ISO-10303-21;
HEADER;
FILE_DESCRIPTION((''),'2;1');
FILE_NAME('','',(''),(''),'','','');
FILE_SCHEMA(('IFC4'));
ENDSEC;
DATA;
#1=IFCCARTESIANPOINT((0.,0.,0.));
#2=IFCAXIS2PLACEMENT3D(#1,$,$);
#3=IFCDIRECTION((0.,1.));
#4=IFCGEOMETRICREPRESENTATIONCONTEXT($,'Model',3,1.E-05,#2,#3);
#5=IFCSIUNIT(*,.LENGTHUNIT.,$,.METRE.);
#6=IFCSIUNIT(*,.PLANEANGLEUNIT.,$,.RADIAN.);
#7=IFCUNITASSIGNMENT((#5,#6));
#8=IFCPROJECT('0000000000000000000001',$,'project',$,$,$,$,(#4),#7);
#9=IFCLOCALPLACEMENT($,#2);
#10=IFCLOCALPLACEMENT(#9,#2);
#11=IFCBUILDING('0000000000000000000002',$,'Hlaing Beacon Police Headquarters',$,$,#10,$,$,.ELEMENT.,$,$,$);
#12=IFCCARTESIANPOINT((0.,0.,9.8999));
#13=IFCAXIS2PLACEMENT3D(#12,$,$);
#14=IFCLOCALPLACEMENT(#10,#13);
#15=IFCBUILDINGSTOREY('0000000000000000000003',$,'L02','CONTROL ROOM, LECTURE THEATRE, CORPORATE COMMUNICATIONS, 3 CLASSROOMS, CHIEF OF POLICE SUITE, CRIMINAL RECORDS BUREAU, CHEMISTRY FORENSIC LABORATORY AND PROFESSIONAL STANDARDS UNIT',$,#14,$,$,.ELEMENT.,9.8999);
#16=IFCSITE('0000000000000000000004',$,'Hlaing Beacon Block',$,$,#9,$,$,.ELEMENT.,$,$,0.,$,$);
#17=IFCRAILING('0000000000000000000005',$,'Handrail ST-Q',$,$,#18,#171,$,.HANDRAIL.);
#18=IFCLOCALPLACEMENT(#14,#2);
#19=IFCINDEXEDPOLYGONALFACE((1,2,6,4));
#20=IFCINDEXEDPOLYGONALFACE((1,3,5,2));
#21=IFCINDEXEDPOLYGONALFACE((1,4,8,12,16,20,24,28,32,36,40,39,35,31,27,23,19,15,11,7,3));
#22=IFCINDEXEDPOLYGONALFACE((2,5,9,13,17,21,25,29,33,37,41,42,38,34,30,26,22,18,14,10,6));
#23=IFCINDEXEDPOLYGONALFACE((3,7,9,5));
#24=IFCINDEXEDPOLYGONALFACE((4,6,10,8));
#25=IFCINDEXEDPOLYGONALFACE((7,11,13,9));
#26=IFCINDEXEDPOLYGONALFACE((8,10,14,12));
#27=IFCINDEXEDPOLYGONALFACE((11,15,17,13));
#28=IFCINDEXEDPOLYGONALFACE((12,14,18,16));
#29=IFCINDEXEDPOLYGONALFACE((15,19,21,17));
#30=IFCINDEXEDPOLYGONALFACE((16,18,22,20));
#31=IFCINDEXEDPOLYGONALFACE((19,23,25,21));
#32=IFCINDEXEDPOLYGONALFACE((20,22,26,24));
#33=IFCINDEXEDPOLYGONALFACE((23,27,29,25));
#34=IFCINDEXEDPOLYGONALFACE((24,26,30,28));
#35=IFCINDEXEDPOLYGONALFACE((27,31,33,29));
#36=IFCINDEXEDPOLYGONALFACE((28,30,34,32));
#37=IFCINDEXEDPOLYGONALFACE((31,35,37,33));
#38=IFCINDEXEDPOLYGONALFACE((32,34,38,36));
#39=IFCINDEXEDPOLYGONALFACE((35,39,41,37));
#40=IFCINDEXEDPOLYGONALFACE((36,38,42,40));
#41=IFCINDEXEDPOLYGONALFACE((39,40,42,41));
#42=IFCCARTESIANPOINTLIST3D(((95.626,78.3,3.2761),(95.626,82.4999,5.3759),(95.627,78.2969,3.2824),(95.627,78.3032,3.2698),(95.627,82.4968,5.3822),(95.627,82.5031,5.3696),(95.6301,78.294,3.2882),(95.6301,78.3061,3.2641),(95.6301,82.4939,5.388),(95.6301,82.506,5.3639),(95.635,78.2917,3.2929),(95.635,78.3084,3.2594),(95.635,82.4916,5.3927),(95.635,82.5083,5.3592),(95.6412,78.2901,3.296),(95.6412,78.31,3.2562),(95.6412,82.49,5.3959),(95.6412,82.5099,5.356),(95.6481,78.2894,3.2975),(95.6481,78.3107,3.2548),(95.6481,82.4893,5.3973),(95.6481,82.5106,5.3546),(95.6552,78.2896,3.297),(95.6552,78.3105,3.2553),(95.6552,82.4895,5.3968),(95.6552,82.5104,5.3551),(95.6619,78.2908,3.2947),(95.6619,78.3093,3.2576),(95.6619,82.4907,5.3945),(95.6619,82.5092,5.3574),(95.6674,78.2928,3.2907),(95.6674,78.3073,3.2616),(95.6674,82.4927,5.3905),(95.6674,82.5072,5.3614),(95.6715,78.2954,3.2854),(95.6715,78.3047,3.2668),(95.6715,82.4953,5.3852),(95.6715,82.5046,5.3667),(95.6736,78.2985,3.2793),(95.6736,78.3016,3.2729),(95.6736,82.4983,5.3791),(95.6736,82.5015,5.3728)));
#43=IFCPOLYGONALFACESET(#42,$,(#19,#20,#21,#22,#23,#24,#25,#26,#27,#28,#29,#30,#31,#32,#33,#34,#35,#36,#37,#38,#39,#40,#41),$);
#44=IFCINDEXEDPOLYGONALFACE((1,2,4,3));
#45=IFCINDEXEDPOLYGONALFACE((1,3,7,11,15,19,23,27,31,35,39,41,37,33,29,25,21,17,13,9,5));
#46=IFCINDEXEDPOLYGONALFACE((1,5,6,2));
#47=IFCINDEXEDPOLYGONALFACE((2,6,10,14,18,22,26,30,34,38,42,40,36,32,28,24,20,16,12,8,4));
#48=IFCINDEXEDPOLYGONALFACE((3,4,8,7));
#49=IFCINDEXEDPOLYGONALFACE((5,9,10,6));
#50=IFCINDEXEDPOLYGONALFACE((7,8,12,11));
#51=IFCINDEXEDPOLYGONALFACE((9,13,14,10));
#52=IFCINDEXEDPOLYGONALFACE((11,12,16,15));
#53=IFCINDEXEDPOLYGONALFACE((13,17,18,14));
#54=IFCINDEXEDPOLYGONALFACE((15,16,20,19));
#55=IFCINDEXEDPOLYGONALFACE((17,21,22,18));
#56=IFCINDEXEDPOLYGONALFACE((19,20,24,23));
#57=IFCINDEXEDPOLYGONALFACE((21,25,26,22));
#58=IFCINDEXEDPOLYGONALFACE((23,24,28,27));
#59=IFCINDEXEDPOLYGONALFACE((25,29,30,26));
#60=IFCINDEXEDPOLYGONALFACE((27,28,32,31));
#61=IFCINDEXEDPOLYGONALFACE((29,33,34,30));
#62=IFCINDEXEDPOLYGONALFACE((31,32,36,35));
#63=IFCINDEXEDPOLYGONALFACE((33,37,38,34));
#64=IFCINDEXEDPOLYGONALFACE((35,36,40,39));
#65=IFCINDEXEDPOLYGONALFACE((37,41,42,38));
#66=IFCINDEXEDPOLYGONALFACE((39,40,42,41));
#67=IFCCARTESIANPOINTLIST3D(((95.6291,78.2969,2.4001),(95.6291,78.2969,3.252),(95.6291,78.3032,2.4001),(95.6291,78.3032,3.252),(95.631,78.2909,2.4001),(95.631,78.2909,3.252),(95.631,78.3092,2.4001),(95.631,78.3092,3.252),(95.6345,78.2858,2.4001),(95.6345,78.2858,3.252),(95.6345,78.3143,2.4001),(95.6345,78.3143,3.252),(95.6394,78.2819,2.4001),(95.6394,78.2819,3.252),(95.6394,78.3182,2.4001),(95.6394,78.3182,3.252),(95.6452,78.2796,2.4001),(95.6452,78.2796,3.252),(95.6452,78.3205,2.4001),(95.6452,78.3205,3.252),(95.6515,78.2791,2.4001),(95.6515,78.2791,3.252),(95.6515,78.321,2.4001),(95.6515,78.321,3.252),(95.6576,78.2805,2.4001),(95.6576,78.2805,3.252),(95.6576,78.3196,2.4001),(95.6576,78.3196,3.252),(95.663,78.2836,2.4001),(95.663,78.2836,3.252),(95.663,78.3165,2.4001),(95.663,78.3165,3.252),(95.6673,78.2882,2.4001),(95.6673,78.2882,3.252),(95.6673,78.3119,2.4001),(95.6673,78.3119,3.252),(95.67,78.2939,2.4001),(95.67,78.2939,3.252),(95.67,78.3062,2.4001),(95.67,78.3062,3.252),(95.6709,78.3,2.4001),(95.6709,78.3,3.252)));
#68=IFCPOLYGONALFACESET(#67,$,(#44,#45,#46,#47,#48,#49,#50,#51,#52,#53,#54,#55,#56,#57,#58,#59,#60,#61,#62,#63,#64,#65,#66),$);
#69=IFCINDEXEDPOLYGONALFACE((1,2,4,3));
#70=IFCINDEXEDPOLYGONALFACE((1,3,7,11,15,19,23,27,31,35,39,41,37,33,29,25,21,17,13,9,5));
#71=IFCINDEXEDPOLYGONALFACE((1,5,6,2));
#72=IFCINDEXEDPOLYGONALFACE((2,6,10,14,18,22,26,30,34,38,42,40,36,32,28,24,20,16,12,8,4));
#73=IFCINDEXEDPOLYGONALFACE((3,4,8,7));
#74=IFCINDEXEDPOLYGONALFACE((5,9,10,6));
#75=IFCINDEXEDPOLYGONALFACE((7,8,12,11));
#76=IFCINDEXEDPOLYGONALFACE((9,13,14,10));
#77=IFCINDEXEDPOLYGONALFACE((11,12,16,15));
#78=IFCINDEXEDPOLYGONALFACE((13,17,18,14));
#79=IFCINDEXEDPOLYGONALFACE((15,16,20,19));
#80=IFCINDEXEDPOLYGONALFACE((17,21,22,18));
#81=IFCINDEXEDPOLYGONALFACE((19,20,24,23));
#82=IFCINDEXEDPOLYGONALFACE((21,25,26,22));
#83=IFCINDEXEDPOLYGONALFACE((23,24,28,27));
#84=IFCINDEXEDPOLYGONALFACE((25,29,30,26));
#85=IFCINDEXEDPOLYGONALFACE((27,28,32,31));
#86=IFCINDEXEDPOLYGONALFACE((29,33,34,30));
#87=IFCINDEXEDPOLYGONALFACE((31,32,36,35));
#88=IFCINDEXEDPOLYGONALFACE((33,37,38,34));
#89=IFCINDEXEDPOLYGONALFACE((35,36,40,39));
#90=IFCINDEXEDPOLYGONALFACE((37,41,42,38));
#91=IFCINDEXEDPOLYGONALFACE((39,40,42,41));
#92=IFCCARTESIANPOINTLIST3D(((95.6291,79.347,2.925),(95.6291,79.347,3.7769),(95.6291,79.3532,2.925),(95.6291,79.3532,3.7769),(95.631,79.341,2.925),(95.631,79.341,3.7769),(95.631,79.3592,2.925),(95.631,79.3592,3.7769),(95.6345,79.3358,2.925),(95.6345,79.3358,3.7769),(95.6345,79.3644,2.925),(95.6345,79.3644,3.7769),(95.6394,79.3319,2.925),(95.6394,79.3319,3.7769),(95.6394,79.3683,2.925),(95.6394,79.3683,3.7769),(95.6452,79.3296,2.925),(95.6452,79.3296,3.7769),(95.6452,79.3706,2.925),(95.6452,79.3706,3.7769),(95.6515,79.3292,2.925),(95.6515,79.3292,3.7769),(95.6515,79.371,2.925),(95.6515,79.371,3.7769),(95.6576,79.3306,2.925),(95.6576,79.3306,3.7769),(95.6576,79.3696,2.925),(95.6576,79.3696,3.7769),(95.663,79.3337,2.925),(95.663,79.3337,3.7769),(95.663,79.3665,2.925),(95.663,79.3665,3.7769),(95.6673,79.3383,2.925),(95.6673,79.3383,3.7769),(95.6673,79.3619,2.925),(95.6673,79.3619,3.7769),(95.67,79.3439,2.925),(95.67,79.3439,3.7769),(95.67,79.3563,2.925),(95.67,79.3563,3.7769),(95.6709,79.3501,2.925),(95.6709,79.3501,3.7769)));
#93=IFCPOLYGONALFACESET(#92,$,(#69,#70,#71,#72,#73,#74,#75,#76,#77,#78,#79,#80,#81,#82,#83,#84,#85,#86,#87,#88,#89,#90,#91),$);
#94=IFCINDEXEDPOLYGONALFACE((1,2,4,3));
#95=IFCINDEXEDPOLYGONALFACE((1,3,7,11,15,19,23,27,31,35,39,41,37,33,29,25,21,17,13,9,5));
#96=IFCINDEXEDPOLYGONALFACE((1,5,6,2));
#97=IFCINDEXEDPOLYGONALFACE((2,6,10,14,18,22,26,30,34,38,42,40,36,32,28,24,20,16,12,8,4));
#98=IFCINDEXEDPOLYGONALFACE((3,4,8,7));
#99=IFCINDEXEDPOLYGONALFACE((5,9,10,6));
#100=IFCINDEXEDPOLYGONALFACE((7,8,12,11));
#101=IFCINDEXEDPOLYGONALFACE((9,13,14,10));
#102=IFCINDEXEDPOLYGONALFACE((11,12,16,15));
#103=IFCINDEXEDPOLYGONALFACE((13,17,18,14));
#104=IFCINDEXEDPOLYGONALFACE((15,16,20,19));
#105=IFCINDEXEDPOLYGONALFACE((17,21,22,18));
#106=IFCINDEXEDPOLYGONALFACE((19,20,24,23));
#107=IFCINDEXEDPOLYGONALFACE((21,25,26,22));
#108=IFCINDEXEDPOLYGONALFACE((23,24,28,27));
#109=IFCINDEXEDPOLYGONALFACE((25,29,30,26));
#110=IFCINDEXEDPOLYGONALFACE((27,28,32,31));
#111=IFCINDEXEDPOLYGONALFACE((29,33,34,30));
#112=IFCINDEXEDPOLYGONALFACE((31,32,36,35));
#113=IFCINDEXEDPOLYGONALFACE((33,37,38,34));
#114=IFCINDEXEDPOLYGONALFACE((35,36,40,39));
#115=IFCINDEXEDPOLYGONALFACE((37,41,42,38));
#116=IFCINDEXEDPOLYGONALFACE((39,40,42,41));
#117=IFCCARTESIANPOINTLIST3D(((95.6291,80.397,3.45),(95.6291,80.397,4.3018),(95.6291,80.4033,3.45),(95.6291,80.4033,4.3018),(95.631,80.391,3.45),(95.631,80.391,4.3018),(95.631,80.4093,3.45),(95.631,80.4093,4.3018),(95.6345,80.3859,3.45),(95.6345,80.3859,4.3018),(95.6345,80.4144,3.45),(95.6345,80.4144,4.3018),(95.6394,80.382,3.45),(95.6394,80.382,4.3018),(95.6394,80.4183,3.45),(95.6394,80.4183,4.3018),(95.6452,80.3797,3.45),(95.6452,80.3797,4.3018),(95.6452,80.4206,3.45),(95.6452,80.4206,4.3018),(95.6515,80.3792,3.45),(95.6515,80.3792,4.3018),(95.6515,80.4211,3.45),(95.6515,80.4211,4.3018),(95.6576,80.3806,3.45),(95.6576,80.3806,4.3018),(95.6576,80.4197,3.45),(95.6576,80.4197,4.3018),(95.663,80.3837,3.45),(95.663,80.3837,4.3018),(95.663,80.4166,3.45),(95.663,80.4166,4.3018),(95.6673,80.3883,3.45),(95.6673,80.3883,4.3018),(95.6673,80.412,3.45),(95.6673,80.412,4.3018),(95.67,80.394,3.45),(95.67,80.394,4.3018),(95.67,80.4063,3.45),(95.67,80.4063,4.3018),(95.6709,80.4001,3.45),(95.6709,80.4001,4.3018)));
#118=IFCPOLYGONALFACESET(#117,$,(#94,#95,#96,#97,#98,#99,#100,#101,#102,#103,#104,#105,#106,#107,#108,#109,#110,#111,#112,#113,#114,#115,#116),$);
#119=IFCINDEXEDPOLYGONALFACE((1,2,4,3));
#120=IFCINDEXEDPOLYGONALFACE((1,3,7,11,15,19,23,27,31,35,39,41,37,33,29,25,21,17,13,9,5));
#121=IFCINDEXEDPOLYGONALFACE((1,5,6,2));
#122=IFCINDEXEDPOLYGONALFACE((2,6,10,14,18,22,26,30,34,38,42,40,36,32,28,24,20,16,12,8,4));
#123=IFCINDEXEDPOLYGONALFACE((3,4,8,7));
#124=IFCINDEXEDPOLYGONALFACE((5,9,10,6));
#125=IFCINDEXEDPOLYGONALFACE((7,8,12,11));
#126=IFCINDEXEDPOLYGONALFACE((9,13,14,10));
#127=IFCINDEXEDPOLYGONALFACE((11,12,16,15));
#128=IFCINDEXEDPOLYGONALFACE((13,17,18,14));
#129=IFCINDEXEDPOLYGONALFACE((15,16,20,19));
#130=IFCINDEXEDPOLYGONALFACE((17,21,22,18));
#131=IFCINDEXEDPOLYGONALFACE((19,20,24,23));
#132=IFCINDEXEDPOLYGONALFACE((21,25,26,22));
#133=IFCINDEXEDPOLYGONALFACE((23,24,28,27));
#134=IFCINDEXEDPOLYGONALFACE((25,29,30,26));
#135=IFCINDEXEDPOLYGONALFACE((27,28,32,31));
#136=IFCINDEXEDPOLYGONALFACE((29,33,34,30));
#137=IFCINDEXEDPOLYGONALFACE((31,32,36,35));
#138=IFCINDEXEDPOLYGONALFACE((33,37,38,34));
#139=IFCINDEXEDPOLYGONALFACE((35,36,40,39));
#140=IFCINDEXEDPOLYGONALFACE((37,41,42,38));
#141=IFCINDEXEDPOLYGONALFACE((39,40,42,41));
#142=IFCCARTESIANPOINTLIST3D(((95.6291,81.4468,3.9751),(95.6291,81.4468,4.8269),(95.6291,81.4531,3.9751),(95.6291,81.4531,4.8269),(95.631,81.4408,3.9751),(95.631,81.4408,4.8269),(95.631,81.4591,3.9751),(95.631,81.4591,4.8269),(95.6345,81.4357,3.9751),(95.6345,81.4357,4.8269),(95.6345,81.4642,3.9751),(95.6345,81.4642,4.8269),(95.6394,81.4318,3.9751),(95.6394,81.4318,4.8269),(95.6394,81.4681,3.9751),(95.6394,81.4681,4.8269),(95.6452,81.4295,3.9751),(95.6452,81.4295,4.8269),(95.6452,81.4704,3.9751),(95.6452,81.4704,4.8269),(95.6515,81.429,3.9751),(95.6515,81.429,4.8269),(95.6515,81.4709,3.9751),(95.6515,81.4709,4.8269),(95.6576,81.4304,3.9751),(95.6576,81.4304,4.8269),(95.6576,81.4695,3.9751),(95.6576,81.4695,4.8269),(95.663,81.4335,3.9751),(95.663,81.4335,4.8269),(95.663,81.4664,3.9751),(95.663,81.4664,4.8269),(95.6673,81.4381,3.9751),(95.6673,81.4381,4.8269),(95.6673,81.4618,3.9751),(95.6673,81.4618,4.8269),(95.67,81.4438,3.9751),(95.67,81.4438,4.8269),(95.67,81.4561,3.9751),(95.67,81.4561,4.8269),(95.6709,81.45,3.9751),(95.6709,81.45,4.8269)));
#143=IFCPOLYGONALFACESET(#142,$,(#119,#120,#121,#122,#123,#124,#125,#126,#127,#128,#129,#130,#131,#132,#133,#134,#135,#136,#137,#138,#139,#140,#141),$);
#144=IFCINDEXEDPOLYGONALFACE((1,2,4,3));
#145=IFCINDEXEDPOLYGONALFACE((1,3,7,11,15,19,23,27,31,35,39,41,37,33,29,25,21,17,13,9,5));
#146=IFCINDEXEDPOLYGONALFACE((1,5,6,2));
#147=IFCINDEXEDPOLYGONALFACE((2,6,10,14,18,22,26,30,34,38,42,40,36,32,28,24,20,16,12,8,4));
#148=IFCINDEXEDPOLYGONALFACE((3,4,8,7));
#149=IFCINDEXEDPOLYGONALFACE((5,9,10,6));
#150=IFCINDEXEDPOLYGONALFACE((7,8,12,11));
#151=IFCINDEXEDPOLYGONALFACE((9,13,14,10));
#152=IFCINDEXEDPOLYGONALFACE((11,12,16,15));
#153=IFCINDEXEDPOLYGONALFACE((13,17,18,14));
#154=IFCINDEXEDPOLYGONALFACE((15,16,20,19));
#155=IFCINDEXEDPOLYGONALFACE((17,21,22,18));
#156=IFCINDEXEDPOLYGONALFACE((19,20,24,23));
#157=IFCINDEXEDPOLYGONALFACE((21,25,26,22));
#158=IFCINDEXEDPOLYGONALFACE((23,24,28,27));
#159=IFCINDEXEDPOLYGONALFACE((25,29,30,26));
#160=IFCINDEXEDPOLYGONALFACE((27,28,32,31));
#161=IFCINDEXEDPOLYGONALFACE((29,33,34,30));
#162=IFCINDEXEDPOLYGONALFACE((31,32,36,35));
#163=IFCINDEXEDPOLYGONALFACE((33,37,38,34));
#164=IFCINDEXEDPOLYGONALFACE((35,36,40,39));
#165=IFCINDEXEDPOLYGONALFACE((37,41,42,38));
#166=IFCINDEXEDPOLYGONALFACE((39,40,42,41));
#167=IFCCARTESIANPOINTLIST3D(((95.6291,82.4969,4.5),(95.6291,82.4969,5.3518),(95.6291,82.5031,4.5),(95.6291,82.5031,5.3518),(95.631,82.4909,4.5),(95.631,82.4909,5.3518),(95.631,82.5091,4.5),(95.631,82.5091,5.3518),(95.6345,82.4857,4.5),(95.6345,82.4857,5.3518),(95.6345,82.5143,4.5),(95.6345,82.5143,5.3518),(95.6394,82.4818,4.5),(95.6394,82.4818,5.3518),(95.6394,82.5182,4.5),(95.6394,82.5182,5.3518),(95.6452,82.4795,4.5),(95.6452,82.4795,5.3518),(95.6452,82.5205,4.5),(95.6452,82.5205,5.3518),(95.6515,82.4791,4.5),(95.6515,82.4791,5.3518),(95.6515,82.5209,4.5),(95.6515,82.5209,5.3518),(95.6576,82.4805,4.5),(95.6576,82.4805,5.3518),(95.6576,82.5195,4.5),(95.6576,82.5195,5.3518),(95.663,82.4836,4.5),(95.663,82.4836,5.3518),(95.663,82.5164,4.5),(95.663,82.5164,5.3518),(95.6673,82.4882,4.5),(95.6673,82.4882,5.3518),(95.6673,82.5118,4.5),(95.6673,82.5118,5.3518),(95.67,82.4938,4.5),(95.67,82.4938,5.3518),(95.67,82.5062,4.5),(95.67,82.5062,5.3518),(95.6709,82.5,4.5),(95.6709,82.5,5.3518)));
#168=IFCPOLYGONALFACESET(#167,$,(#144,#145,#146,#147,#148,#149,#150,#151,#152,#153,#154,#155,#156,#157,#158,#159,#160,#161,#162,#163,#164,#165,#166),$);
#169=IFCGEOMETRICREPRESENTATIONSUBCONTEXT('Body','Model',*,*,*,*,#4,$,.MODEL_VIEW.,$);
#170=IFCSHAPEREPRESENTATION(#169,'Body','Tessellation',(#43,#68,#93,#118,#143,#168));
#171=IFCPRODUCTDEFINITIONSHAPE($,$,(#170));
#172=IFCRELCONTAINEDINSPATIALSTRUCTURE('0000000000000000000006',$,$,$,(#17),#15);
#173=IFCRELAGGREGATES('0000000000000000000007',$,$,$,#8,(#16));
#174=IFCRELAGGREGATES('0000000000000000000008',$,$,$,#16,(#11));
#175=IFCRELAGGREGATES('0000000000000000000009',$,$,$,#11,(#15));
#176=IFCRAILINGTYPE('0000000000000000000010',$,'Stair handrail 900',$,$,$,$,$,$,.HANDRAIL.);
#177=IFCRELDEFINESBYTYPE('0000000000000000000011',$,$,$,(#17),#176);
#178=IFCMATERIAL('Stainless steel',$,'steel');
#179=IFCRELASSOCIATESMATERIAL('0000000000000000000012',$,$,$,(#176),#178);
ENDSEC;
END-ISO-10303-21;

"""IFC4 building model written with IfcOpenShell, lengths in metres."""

from ifc_helpers import new_model, si_unit, direction, frame, origin, origin_2d, place, context, subcontext, project, spatial, circle, extrude, material, type_object, element, save


model = new_model("IFC4")

# Units and contexts
model_context = context("Model", 3, precision=1e-05, world=origin(), true_north=direction((0.0, 1.0)))
body_context = subcontext(model_context, "Body", "Model", "MODEL_VIEW")
ifc_project = project(units=[si_unit("LENGTHUNIT", "METRE"), si_unit("PLANEANGLEUNIT", "RADIAN")], contexts=[model_context])

# Site, building, storey
site_placement = place(None, origin())
site = spatial("IfcSite", under=ifc_project, at=site_placement, Name="Hlaing Beacon Block", CompositionType="ELEMENT", RefElevation=0.0)
building_placement = place(site_placement, origin())
building = spatial("IfcBuilding", under=site, at=building_placement, Name="Hlaing Beacon Police Headquarters", CompositionType="ELEMENT")
storey_placement = place(building_placement, frame((0.0, 0.0, 9.8999)))
storey = spatial("IfcBuildingStorey", under=building, at=storey_placement, Name="L02", Description="CONTROL ROOM, LECTURE THEATRE, CORPORATE COMMUNICATIONS, 3 CLASSROOMS, CHIEF OF POLICE SUITE, CRIMINAL RECORDS BUREAU, CHEMISTRY FORENSIC LABORATORY AND PROFESSIONAL STANDARDS UNIT", CompositionType="ELEMENT", Elevation=9.8999)

# Railing
ifc_material_1 = material(Name="Stainless steel", Category="steel")
railing_type_1 = type_object("IfcRailingType", Name="Stair handrail 900", PredefinedType="HANDRAIL", material=ifc_material_1)
for number, where, name in (
    (1, (95.6499, 78.3, 2.4001), "Handrail ST-Q"),
):
    element("IfcRailing", number, at=place(storey_placement, frame(where)), inside=storey, type_object=railing_type_1, Name=name, PredefinedType="HANDRAIL", context=body_context, shape_type="SweptSolid", body=[
        extrude(circle(Radius=0.0239, at=origin_2d()), frame((0.0, 0.0, 0.876), z_axis=(0.0, 0.894438, 0.447193), x_axis=(-1.0, 0.0, 0.0)), (0.0, 0.0, 1.0), 4.6956),
        extrude(circle(Radius=0.021, at=origin_2d()), origin(), (0.0, 0.0, 1.0), 0.8518),
        extrude(circle(Radius=0.021, at=origin_2d()), frame((0.0, 1.05, 0.5249)), (0.0, 0.0, 1.0), 0.8518),
        extrude(circle(Radius=0.021, at=origin_2d()), frame((0.0, 2.1001, 1.0498)), (0.0, 0.0, 1.0), 0.8518),
        extrude(circle(Radius=0.021, at=origin_2d()), frame((0.0, 3.1499, 1.575)), (0.0, 0.0, 1.0), 0.8518),
        extrude(circle(Radius=0.021, at=origin_2d()), frame((0.0, 4.2, 2.0999)), (0.0, 0.0, 1.0), 0.8518),
    ])

save(model, "model.ifc")
